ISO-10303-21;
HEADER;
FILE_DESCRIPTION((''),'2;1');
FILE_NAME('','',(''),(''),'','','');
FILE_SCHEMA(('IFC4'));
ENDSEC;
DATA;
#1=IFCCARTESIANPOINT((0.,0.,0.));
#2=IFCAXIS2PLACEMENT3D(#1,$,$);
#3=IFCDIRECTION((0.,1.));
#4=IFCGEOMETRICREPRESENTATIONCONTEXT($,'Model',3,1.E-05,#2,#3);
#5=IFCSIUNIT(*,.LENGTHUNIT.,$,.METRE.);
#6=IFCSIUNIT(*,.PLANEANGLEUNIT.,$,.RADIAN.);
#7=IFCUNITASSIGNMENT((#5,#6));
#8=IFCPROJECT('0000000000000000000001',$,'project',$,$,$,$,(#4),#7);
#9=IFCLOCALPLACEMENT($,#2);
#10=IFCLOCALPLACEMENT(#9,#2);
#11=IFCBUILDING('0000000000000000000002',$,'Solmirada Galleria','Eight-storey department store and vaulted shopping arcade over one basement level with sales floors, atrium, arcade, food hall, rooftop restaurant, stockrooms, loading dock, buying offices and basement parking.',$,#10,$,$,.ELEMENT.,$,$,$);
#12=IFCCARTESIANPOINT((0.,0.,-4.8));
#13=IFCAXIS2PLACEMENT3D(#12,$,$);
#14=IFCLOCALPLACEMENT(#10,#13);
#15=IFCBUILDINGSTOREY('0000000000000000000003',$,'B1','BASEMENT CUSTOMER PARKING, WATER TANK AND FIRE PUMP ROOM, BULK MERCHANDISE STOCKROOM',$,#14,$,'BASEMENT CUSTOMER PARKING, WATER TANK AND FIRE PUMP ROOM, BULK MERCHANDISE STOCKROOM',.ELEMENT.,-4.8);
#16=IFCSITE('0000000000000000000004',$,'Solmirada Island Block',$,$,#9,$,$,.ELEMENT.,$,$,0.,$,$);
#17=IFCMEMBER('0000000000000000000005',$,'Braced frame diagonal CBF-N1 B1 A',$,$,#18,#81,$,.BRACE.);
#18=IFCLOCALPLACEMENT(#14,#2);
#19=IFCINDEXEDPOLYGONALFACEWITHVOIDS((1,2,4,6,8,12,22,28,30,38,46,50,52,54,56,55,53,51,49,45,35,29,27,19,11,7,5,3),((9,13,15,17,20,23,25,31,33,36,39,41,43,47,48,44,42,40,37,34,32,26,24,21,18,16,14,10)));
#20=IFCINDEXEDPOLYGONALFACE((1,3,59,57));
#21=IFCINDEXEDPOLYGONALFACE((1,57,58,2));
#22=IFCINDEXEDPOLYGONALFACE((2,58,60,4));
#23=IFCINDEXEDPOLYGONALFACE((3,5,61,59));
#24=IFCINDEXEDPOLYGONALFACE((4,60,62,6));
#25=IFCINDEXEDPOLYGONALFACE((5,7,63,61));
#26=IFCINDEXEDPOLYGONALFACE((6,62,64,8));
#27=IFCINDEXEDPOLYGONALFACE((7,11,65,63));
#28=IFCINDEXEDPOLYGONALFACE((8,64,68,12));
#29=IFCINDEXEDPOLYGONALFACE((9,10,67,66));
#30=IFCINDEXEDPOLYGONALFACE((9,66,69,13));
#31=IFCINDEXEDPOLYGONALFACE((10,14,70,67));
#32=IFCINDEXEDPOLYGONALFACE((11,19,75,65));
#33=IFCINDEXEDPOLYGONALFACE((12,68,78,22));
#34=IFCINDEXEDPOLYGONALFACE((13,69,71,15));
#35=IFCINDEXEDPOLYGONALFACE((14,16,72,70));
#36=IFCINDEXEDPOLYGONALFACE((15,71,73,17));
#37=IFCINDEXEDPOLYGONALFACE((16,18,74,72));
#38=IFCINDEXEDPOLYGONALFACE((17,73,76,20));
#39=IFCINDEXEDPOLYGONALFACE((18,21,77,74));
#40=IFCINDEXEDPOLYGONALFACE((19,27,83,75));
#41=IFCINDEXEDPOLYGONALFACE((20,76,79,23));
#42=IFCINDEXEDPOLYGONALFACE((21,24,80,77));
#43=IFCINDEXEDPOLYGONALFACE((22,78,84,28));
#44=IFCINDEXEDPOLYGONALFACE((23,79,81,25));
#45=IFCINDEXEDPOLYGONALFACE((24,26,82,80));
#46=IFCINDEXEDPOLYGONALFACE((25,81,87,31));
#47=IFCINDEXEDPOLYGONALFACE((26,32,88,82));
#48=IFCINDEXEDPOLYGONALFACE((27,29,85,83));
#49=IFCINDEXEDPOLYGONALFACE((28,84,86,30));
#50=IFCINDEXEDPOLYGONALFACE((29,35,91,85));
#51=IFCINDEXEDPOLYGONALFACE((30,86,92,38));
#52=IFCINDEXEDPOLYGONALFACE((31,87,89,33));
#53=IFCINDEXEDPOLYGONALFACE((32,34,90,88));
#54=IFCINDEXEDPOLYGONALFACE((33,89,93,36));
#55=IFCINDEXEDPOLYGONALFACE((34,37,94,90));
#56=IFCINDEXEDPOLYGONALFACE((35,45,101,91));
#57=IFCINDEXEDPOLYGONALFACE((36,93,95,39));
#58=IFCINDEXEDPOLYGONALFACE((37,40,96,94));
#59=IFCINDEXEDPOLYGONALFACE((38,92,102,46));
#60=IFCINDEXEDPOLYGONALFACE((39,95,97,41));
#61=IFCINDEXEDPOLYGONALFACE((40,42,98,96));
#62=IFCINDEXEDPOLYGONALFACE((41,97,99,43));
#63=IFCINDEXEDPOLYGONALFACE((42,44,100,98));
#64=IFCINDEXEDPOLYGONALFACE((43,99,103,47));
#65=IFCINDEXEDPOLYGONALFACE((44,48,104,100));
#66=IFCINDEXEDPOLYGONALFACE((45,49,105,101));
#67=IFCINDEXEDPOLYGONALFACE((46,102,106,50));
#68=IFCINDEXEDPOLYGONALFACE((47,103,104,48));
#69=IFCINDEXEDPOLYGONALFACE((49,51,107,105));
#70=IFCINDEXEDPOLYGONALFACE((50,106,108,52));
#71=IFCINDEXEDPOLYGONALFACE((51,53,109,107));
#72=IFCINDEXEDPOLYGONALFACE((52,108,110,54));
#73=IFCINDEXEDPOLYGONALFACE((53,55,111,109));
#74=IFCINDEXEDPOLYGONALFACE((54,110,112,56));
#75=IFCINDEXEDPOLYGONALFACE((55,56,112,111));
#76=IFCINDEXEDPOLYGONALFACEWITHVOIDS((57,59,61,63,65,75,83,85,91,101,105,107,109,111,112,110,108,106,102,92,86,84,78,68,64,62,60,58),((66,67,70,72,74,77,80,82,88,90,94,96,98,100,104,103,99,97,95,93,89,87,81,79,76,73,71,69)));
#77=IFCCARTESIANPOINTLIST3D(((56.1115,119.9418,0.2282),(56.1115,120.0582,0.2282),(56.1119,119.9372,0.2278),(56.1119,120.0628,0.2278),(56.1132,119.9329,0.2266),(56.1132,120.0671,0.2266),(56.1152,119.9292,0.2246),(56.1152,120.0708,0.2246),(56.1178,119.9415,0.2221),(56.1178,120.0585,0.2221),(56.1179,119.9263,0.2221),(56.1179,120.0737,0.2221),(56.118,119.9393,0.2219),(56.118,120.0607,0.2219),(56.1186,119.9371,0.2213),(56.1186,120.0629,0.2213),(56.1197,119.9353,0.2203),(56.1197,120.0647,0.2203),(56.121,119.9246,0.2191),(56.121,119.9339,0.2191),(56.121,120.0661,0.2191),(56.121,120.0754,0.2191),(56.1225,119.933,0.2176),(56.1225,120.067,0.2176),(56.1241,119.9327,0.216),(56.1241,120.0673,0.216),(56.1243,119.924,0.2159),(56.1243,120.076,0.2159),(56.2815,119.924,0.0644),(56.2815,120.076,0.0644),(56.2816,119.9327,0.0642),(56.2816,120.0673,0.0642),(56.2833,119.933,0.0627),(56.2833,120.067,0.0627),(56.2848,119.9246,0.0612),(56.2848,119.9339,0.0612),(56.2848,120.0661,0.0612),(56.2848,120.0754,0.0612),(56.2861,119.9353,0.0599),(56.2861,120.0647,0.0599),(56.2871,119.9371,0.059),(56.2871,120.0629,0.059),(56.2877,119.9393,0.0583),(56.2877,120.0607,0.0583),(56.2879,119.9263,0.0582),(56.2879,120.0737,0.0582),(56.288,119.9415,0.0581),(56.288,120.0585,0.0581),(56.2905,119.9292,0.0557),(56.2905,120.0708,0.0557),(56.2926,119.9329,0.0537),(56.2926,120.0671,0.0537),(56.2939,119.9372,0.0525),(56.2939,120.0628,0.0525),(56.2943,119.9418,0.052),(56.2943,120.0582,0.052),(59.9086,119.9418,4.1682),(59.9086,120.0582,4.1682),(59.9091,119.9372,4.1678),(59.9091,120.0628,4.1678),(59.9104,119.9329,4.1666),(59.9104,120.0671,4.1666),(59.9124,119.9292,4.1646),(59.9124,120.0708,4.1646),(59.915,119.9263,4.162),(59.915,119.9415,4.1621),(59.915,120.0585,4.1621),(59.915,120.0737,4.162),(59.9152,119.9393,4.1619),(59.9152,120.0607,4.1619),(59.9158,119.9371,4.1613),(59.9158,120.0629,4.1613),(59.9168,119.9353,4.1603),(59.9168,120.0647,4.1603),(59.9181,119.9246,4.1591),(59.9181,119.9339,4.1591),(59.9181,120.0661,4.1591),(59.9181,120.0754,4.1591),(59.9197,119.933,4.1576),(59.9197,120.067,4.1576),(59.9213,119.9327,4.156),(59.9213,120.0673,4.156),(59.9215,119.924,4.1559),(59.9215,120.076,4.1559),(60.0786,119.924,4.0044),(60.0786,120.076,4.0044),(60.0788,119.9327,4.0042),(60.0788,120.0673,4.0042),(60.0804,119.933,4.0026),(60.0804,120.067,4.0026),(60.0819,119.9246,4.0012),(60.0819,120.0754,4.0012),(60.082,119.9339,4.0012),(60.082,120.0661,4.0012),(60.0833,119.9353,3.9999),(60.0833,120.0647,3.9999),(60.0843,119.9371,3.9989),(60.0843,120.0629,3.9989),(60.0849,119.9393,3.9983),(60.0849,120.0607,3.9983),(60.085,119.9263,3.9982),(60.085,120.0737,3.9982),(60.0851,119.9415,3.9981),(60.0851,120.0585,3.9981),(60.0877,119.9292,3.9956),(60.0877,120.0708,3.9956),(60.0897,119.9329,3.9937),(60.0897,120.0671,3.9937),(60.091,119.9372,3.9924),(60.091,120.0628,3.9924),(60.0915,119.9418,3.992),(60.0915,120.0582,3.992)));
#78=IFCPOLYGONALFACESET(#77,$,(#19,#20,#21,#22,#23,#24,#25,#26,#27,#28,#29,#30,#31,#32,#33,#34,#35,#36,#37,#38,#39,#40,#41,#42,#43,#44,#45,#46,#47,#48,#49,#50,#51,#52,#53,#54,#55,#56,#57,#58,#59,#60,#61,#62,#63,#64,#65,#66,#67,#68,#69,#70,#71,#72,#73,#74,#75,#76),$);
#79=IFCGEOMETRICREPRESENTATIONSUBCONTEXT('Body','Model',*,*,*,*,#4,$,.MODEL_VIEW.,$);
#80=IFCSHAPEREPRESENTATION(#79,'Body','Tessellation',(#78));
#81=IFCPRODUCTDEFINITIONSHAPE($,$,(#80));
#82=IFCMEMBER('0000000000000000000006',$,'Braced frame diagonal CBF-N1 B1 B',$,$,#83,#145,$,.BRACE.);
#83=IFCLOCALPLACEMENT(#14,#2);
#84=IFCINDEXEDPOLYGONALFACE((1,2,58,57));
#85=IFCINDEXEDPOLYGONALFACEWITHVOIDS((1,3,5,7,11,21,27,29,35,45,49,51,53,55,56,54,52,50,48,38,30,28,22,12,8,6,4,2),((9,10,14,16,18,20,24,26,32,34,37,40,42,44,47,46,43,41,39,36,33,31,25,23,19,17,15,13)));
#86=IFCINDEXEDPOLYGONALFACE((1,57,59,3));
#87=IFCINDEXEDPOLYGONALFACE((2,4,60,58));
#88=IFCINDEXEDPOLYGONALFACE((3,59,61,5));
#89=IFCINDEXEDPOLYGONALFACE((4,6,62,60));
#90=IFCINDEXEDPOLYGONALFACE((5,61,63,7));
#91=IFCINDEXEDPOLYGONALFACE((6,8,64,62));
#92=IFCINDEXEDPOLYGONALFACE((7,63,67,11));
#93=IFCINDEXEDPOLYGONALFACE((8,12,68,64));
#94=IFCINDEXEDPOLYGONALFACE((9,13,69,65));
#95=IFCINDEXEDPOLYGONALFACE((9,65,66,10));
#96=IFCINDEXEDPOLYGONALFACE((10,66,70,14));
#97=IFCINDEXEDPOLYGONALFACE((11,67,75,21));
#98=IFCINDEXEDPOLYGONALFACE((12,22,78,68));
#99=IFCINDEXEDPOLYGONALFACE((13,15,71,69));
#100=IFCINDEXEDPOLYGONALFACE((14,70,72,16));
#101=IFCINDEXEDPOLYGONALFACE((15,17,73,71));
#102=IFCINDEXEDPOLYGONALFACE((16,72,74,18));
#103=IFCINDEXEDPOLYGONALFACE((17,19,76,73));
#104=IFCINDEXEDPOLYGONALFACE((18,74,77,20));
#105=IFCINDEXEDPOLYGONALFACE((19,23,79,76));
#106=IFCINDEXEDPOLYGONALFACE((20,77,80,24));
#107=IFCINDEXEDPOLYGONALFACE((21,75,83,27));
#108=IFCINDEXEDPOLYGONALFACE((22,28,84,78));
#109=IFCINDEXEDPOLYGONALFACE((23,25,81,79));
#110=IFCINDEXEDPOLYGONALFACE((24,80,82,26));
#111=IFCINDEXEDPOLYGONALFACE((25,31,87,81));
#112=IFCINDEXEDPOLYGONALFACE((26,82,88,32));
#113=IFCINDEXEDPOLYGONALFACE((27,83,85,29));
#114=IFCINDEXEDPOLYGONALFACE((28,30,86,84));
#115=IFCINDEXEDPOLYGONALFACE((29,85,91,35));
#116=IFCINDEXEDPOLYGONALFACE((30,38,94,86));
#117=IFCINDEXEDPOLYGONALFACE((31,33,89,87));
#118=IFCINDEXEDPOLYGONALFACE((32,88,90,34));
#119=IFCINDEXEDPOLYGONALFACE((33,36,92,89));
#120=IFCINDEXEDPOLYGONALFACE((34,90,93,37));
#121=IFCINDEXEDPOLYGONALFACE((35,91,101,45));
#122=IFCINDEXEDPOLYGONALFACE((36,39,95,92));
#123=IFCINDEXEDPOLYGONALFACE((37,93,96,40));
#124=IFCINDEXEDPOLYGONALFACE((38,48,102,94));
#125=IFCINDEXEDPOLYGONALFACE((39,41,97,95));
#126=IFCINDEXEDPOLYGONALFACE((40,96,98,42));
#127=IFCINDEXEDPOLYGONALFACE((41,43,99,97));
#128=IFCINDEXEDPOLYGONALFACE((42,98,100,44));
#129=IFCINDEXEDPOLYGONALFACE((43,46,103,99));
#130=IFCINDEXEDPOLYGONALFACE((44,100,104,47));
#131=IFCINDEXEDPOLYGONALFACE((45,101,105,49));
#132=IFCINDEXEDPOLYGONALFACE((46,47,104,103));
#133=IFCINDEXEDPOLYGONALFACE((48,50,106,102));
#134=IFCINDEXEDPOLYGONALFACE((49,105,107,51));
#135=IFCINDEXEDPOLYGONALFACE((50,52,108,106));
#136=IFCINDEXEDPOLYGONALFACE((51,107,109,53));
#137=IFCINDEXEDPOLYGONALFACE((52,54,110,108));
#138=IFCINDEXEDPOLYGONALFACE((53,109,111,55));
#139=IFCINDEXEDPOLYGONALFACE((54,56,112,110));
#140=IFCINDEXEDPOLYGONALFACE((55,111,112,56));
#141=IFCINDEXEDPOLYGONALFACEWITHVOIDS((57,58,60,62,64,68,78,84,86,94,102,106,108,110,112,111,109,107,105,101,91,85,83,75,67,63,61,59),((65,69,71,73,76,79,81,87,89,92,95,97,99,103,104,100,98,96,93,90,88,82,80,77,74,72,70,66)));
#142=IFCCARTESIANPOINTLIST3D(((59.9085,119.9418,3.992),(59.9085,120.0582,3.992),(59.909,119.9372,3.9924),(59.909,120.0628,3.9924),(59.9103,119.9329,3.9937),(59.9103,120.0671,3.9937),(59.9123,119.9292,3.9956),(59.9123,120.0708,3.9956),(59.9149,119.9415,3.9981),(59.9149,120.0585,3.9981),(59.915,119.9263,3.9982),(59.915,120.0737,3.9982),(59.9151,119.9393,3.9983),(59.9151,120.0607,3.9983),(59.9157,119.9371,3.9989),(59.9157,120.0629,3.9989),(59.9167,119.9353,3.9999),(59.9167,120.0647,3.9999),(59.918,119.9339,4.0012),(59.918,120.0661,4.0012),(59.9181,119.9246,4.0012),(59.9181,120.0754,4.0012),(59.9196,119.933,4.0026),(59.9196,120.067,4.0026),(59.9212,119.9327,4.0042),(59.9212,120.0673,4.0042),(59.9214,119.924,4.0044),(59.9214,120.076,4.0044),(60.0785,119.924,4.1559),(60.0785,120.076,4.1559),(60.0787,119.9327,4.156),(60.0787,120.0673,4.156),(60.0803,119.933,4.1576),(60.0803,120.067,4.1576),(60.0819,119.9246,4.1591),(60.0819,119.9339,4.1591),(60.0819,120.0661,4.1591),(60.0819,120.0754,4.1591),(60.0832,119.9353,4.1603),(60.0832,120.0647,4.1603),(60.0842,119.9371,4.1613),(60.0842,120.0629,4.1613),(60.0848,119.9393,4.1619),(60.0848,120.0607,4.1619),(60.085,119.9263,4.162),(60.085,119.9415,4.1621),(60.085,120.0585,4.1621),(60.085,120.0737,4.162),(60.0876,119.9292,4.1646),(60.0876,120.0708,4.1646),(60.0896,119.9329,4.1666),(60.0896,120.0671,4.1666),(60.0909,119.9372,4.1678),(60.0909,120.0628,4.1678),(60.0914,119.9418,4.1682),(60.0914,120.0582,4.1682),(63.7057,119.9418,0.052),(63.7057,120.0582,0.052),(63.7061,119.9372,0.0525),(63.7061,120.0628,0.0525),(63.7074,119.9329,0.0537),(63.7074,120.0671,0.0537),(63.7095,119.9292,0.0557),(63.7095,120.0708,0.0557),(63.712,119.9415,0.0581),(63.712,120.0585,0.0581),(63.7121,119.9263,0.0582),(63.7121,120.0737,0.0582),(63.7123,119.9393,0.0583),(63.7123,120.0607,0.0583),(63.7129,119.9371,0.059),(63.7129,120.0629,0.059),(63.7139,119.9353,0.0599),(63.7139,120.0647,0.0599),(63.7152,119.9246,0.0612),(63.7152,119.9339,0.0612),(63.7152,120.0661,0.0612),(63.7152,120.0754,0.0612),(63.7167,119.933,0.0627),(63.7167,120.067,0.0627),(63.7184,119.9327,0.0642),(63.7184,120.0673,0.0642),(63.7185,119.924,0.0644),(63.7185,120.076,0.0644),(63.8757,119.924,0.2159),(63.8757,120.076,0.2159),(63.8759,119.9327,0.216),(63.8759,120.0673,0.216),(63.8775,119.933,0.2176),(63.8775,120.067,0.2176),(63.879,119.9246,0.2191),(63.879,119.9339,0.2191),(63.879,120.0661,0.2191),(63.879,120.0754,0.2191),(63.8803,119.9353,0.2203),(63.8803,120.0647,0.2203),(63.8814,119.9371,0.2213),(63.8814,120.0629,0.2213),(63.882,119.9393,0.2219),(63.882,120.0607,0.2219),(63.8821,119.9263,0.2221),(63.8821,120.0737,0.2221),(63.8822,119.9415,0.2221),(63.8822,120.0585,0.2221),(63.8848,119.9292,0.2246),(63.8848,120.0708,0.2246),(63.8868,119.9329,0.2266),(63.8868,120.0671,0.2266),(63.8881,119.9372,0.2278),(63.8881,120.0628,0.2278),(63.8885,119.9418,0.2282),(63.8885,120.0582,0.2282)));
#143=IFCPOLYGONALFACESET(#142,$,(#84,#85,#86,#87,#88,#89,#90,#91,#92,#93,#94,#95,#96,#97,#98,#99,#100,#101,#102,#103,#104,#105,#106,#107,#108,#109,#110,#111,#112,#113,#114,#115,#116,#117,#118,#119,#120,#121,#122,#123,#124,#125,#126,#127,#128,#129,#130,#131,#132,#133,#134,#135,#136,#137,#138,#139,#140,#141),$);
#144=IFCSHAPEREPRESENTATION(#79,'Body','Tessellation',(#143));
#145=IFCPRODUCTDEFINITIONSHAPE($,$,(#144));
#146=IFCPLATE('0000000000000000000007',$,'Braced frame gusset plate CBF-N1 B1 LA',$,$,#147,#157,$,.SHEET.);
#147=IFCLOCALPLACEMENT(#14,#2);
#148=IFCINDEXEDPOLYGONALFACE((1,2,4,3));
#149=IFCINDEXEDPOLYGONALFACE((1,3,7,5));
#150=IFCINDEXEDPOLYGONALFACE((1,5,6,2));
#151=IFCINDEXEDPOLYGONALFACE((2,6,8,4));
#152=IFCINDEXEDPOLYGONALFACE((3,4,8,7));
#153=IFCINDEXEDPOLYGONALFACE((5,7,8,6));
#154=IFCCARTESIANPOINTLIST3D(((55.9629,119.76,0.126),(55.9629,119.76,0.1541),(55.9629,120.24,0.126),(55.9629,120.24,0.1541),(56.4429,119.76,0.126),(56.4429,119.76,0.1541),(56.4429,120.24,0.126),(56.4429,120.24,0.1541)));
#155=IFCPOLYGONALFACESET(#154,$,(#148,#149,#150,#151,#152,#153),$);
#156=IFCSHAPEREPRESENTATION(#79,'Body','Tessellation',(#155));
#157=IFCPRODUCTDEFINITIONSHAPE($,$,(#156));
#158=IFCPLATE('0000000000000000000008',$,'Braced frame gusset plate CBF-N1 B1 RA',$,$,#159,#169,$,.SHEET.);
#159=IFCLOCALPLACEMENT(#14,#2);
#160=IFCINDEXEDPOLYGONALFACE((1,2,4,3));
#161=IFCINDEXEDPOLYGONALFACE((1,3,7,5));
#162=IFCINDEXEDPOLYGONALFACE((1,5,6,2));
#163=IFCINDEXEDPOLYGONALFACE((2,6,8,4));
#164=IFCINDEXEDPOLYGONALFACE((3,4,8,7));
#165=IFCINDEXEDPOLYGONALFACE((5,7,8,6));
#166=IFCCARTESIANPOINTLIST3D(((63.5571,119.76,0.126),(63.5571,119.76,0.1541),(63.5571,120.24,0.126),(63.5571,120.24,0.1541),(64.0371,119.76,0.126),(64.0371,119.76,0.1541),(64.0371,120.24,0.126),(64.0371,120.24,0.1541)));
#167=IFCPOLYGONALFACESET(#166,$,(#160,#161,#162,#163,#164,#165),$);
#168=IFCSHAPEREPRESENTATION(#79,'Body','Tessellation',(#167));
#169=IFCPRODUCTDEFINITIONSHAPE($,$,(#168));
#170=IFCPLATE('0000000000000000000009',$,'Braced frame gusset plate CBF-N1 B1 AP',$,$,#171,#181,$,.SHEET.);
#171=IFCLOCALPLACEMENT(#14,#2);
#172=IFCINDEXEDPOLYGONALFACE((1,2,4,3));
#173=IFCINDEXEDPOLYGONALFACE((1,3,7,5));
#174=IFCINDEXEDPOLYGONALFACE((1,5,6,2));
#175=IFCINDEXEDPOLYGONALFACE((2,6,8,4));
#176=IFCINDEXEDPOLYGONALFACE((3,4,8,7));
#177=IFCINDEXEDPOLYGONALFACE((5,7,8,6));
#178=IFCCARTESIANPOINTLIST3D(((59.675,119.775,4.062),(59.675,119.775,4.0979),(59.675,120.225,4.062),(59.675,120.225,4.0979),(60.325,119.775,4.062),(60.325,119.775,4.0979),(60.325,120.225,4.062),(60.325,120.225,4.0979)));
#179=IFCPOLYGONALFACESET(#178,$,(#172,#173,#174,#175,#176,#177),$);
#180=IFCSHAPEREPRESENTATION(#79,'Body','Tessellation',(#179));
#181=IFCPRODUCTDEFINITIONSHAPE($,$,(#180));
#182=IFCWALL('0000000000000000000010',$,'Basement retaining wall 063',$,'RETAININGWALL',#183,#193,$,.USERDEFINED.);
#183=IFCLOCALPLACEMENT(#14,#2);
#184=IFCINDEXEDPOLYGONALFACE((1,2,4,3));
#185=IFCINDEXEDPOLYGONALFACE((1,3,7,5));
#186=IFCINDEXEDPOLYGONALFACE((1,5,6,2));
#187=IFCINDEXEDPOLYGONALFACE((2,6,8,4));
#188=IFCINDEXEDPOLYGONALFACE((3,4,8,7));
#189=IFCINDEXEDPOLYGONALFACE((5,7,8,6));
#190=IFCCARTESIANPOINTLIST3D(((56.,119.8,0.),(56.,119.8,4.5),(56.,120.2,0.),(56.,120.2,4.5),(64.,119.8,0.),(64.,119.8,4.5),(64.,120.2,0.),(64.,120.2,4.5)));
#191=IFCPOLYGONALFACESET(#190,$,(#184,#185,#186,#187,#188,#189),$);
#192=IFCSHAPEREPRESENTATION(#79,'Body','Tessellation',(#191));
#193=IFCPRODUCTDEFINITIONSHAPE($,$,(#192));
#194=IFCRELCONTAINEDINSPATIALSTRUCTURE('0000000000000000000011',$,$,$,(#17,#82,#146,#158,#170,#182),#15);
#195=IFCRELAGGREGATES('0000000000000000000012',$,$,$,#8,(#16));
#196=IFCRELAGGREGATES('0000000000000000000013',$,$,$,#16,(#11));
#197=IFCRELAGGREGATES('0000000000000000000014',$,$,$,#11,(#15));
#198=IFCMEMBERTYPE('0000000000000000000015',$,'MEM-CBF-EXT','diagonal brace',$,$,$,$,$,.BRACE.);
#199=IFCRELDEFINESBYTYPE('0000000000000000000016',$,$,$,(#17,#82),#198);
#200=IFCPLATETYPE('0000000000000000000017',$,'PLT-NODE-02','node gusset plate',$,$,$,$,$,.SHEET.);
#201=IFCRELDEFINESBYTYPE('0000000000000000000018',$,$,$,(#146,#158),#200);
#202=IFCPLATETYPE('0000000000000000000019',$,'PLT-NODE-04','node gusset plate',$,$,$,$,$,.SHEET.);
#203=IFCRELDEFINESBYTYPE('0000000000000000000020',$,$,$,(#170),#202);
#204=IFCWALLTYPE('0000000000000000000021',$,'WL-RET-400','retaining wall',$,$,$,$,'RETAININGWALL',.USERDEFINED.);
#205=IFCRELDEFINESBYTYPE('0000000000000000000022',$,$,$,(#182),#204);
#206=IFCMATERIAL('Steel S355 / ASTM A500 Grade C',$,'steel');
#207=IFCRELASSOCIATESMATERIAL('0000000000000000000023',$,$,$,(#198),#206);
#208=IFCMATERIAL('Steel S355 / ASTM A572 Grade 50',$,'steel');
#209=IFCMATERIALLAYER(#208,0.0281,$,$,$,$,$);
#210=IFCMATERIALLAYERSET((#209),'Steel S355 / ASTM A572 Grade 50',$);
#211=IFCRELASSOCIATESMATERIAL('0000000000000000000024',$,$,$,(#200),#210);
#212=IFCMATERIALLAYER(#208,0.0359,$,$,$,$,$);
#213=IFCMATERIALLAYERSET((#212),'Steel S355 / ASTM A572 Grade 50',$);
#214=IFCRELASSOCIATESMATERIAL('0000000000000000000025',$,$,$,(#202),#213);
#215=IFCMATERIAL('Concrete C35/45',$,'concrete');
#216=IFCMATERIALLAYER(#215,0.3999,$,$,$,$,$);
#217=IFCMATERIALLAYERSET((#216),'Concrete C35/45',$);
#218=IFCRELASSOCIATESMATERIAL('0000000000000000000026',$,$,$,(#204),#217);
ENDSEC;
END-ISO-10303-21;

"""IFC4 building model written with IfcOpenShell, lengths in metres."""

from ifc_helpers import new_model, si_unit, direction, frame, frame_2d, origin, origin_2d, place, context, subcontext, project, spatial, rectangle, hollow_rectangle, extrude, material, layer, layer_set, material_profile, profile_set, type_object, element, save


model = new_model("IFC4")

# Units and contexts
model_context = context("Model", 3, precision=1e-05, world=origin(), true_north=direction((0.0, 1.0)))
body_context = subcontext(model_context, "Body", "Model", "MODEL_VIEW")
ifc_project = project(units=[si_unit("LENGTHUNIT", "METRE"), si_unit("PLANEANGLEUNIT", "RADIAN")], contexts=[model_context])

# Site, building, storey
site_placement = place(None, origin())
site = spatial("IfcSite", under=ifc_project, at=site_placement, Name="Solmirada Island Block", CompositionType="ELEMENT", RefElevation=0.0)
building_placement = place(site_placement, origin())
building = spatial("IfcBuilding", under=site, at=building_placement, Name="Solmirada Galleria", Description="Eight-storey department store and vaulted shopping arcade over one basement level with sales floors, atrium, arcade, food hall, rooftop restaurant, stockrooms, loading dock, buying offices and basement parking.", CompositionType="ELEMENT")
storey_placement = place(building_placement, frame((0.0, 0.0, -4.8)))
storey = spatial("IfcBuildingStorey", under=building, at=storey_placement, Name="B1", Description="BASEMENT CUSTOMER PARKING, WATER TANK AND FIRE PUMP ROOM, BULK MERCHANDISE STOCKROOM", LongName="BASEMENT CUSTOMER PARKING, WATER TANK AND FIRE PUMP ROOM, BULK MERCHANDISE STOCKROOM", CompositionType="ELEMENT", Elevation=-4.8)

# Shared definitions
ifc_material_1 = material(Name="Concrete C35/45", Category="concrete")

# Shared definitions
ifc_material_2 = material(Name="Steel S355 / ASTM A500 Grade C", Category="steel")

# Members
ifc_material_profile_1 = material_profile(ifc_material_2, hollow_rectangle(XDim=0.1521, YDim=0.2539, WallThickness=0.0088, InnerFilletRadius=0.0088, OuterFilletRadius=0.0178, at=origin_2d()), Name="HSS10X6X3/8")
ifc_profile_set_1 = profile_set([ifc_material_profile_1], Name="Steel S355 / ASTM A500 Grade C")
member_type = type_object("IfcMemberType", Name="MEM-CBF-EXT", Description="diagonal brace", PredefinedType="BRACE", material=ifc_profile_set_1)
for number, where, z_axis, x_axis, name in (
    (1, (56.2029, 120.0, 0.1401), (0.693936, 0.0, 0.720037), (0.0, 1.0, 0.0), "Braced frame diagonal CBF-N1 B1 A"),
    (2, (63.7971, 120.0, 0.1401), (-0.693936, 0.0, 0.720037), (0.0, -1.0, 0.0), "Braced frame diagonal CBF-N1 B1 B"),
):
    element("IfcMember", number, at=place(storey_placement, frame(where, z_axis=z_axis, x_axis=x_axis)), inside=storey, type_object=member_type, Name=name, PredefinedType="BRACE", context=body_context, shape_type="SweptSolid", body=[
        extrude(hollow_rectangle(XDim=0.1521, YDim=0.2539, WallThickness=0.0088, InnerFilletRadius=0.0088, OuterFilletRadius=0.0178, at=origin_2d()), origin(), (0.0, 0.0, 1.0), 5.4719),
    ])

# Plates
ifc_material_3 = material(Name="Steel S355 / ASTM A572 Grade 50", Category="steel")
ifc_layer_1 = layer(ifc_material_3, 0.0281)
ifc_layer_set_1 = layer_set([ifc_layer_1], Name="Steel S355 / ASTM A572 Grade 50")
plate_type_1 = type_object("IfcPlateType", Name="PLT-NODE-02", Description="node gusset plate", PredefinedType="SHEET", material=ifc_layer_set_1)
for number, where, z_axis, x_axis, name in (
    (3, (56.2029, 120.0, 0.126), (0.0, 0.0, 1.0), (1.0, 0.0, 0.0), "Braced frame gusset plate CBF-N1 B1 LA"),
    (4, (63.7971, 120.0, 0.126), (0.0, 0.0, 1.0), (1.0, 0.0, 0.0), "Braced frame gusset plate CBF-N1 B1 RA"),
):
    element("IfcPlate", number, at=place(storey_placement, frame(where, z_axis=z_axis, x_axis=x_axis)), inside=storey, type_object=plate_type_1, Name=name, PredefinedType="SHEET", context=body_context, shape_type="SweptSolid", body=[
        extrude(rectangle(XDim=0.48, YDim=0.48, at=origin_2d()), origin(), (0.0, 0.0, 1.0), 0.0281),
    ])
ifc_layer_2 = layer(ifc_material_3, 0.0359)
ifc_layer_set_2 = layer_set([ifc_layer_2], Name="Steel S355 / ASTM A572 Grade 50")
plate_type_2 = type_object("IfcPlateType", Name="PLT-NODE-04", Description="node gusset plate", PredefinedType="SHEET", material=ifc_layer_set_2)
plate_placement = place(storey_placement, frame((60.0, 120.0, 4.062), z_axis=(0.0, 0.0, 1.0), x_axis=(1.0, 0.0, 0.0)))
element("IfcPlate", 5, at=plate_placement, inside=storey, type_object=plate_type_2, Name="Braced frame gusset plate CBF-N1 B1 AP", PredefinedType="SHEET", context=body_context, shape_type="SweptSolid", body=[
    extrude(rectangle(XDim=0.6499, YDim=0.45, at=origin_2d()), origin(), (0.0, 0.0, 1.0), 0.0359),
])

# Wall
ifc_layer_3 = layer(ifc_material_1, 0.3999)
ifc_layer_set_3 = layer_set([ifc_layer_3], Name="Concrete C35/45")
wall_type = type_object("IfcWallType", Name="WL-RET-400", Description="retaining wall", ElementType="RETAININGWALL", PredefinedType="USERDEFINED", material=ifc_layer_set_3)
wall_placement = place(storey_placement, frame((56.0, 120.0, 0.0), z_axis=(0.0, 0.0, 1.0), x_axis=(1.0, 0.0, 0.0)))
element("IfcWall", 6, at=wall_placement, inside=storey, type_object=wall_type, Name="Basement retaining wall 063", ObjectType="RETAININGWALL", PredefinedType="USERDEFINED", context=body_context, shape_type="SweptSolid", body=[
    extrude(rectangle(XDim=8.0, YDim=0.3999, at=frame_2d((4.0, 0.0))), origin(), (0.0, 0.0, 1.0), 4.5),
])

save(model, "model.ifc")
